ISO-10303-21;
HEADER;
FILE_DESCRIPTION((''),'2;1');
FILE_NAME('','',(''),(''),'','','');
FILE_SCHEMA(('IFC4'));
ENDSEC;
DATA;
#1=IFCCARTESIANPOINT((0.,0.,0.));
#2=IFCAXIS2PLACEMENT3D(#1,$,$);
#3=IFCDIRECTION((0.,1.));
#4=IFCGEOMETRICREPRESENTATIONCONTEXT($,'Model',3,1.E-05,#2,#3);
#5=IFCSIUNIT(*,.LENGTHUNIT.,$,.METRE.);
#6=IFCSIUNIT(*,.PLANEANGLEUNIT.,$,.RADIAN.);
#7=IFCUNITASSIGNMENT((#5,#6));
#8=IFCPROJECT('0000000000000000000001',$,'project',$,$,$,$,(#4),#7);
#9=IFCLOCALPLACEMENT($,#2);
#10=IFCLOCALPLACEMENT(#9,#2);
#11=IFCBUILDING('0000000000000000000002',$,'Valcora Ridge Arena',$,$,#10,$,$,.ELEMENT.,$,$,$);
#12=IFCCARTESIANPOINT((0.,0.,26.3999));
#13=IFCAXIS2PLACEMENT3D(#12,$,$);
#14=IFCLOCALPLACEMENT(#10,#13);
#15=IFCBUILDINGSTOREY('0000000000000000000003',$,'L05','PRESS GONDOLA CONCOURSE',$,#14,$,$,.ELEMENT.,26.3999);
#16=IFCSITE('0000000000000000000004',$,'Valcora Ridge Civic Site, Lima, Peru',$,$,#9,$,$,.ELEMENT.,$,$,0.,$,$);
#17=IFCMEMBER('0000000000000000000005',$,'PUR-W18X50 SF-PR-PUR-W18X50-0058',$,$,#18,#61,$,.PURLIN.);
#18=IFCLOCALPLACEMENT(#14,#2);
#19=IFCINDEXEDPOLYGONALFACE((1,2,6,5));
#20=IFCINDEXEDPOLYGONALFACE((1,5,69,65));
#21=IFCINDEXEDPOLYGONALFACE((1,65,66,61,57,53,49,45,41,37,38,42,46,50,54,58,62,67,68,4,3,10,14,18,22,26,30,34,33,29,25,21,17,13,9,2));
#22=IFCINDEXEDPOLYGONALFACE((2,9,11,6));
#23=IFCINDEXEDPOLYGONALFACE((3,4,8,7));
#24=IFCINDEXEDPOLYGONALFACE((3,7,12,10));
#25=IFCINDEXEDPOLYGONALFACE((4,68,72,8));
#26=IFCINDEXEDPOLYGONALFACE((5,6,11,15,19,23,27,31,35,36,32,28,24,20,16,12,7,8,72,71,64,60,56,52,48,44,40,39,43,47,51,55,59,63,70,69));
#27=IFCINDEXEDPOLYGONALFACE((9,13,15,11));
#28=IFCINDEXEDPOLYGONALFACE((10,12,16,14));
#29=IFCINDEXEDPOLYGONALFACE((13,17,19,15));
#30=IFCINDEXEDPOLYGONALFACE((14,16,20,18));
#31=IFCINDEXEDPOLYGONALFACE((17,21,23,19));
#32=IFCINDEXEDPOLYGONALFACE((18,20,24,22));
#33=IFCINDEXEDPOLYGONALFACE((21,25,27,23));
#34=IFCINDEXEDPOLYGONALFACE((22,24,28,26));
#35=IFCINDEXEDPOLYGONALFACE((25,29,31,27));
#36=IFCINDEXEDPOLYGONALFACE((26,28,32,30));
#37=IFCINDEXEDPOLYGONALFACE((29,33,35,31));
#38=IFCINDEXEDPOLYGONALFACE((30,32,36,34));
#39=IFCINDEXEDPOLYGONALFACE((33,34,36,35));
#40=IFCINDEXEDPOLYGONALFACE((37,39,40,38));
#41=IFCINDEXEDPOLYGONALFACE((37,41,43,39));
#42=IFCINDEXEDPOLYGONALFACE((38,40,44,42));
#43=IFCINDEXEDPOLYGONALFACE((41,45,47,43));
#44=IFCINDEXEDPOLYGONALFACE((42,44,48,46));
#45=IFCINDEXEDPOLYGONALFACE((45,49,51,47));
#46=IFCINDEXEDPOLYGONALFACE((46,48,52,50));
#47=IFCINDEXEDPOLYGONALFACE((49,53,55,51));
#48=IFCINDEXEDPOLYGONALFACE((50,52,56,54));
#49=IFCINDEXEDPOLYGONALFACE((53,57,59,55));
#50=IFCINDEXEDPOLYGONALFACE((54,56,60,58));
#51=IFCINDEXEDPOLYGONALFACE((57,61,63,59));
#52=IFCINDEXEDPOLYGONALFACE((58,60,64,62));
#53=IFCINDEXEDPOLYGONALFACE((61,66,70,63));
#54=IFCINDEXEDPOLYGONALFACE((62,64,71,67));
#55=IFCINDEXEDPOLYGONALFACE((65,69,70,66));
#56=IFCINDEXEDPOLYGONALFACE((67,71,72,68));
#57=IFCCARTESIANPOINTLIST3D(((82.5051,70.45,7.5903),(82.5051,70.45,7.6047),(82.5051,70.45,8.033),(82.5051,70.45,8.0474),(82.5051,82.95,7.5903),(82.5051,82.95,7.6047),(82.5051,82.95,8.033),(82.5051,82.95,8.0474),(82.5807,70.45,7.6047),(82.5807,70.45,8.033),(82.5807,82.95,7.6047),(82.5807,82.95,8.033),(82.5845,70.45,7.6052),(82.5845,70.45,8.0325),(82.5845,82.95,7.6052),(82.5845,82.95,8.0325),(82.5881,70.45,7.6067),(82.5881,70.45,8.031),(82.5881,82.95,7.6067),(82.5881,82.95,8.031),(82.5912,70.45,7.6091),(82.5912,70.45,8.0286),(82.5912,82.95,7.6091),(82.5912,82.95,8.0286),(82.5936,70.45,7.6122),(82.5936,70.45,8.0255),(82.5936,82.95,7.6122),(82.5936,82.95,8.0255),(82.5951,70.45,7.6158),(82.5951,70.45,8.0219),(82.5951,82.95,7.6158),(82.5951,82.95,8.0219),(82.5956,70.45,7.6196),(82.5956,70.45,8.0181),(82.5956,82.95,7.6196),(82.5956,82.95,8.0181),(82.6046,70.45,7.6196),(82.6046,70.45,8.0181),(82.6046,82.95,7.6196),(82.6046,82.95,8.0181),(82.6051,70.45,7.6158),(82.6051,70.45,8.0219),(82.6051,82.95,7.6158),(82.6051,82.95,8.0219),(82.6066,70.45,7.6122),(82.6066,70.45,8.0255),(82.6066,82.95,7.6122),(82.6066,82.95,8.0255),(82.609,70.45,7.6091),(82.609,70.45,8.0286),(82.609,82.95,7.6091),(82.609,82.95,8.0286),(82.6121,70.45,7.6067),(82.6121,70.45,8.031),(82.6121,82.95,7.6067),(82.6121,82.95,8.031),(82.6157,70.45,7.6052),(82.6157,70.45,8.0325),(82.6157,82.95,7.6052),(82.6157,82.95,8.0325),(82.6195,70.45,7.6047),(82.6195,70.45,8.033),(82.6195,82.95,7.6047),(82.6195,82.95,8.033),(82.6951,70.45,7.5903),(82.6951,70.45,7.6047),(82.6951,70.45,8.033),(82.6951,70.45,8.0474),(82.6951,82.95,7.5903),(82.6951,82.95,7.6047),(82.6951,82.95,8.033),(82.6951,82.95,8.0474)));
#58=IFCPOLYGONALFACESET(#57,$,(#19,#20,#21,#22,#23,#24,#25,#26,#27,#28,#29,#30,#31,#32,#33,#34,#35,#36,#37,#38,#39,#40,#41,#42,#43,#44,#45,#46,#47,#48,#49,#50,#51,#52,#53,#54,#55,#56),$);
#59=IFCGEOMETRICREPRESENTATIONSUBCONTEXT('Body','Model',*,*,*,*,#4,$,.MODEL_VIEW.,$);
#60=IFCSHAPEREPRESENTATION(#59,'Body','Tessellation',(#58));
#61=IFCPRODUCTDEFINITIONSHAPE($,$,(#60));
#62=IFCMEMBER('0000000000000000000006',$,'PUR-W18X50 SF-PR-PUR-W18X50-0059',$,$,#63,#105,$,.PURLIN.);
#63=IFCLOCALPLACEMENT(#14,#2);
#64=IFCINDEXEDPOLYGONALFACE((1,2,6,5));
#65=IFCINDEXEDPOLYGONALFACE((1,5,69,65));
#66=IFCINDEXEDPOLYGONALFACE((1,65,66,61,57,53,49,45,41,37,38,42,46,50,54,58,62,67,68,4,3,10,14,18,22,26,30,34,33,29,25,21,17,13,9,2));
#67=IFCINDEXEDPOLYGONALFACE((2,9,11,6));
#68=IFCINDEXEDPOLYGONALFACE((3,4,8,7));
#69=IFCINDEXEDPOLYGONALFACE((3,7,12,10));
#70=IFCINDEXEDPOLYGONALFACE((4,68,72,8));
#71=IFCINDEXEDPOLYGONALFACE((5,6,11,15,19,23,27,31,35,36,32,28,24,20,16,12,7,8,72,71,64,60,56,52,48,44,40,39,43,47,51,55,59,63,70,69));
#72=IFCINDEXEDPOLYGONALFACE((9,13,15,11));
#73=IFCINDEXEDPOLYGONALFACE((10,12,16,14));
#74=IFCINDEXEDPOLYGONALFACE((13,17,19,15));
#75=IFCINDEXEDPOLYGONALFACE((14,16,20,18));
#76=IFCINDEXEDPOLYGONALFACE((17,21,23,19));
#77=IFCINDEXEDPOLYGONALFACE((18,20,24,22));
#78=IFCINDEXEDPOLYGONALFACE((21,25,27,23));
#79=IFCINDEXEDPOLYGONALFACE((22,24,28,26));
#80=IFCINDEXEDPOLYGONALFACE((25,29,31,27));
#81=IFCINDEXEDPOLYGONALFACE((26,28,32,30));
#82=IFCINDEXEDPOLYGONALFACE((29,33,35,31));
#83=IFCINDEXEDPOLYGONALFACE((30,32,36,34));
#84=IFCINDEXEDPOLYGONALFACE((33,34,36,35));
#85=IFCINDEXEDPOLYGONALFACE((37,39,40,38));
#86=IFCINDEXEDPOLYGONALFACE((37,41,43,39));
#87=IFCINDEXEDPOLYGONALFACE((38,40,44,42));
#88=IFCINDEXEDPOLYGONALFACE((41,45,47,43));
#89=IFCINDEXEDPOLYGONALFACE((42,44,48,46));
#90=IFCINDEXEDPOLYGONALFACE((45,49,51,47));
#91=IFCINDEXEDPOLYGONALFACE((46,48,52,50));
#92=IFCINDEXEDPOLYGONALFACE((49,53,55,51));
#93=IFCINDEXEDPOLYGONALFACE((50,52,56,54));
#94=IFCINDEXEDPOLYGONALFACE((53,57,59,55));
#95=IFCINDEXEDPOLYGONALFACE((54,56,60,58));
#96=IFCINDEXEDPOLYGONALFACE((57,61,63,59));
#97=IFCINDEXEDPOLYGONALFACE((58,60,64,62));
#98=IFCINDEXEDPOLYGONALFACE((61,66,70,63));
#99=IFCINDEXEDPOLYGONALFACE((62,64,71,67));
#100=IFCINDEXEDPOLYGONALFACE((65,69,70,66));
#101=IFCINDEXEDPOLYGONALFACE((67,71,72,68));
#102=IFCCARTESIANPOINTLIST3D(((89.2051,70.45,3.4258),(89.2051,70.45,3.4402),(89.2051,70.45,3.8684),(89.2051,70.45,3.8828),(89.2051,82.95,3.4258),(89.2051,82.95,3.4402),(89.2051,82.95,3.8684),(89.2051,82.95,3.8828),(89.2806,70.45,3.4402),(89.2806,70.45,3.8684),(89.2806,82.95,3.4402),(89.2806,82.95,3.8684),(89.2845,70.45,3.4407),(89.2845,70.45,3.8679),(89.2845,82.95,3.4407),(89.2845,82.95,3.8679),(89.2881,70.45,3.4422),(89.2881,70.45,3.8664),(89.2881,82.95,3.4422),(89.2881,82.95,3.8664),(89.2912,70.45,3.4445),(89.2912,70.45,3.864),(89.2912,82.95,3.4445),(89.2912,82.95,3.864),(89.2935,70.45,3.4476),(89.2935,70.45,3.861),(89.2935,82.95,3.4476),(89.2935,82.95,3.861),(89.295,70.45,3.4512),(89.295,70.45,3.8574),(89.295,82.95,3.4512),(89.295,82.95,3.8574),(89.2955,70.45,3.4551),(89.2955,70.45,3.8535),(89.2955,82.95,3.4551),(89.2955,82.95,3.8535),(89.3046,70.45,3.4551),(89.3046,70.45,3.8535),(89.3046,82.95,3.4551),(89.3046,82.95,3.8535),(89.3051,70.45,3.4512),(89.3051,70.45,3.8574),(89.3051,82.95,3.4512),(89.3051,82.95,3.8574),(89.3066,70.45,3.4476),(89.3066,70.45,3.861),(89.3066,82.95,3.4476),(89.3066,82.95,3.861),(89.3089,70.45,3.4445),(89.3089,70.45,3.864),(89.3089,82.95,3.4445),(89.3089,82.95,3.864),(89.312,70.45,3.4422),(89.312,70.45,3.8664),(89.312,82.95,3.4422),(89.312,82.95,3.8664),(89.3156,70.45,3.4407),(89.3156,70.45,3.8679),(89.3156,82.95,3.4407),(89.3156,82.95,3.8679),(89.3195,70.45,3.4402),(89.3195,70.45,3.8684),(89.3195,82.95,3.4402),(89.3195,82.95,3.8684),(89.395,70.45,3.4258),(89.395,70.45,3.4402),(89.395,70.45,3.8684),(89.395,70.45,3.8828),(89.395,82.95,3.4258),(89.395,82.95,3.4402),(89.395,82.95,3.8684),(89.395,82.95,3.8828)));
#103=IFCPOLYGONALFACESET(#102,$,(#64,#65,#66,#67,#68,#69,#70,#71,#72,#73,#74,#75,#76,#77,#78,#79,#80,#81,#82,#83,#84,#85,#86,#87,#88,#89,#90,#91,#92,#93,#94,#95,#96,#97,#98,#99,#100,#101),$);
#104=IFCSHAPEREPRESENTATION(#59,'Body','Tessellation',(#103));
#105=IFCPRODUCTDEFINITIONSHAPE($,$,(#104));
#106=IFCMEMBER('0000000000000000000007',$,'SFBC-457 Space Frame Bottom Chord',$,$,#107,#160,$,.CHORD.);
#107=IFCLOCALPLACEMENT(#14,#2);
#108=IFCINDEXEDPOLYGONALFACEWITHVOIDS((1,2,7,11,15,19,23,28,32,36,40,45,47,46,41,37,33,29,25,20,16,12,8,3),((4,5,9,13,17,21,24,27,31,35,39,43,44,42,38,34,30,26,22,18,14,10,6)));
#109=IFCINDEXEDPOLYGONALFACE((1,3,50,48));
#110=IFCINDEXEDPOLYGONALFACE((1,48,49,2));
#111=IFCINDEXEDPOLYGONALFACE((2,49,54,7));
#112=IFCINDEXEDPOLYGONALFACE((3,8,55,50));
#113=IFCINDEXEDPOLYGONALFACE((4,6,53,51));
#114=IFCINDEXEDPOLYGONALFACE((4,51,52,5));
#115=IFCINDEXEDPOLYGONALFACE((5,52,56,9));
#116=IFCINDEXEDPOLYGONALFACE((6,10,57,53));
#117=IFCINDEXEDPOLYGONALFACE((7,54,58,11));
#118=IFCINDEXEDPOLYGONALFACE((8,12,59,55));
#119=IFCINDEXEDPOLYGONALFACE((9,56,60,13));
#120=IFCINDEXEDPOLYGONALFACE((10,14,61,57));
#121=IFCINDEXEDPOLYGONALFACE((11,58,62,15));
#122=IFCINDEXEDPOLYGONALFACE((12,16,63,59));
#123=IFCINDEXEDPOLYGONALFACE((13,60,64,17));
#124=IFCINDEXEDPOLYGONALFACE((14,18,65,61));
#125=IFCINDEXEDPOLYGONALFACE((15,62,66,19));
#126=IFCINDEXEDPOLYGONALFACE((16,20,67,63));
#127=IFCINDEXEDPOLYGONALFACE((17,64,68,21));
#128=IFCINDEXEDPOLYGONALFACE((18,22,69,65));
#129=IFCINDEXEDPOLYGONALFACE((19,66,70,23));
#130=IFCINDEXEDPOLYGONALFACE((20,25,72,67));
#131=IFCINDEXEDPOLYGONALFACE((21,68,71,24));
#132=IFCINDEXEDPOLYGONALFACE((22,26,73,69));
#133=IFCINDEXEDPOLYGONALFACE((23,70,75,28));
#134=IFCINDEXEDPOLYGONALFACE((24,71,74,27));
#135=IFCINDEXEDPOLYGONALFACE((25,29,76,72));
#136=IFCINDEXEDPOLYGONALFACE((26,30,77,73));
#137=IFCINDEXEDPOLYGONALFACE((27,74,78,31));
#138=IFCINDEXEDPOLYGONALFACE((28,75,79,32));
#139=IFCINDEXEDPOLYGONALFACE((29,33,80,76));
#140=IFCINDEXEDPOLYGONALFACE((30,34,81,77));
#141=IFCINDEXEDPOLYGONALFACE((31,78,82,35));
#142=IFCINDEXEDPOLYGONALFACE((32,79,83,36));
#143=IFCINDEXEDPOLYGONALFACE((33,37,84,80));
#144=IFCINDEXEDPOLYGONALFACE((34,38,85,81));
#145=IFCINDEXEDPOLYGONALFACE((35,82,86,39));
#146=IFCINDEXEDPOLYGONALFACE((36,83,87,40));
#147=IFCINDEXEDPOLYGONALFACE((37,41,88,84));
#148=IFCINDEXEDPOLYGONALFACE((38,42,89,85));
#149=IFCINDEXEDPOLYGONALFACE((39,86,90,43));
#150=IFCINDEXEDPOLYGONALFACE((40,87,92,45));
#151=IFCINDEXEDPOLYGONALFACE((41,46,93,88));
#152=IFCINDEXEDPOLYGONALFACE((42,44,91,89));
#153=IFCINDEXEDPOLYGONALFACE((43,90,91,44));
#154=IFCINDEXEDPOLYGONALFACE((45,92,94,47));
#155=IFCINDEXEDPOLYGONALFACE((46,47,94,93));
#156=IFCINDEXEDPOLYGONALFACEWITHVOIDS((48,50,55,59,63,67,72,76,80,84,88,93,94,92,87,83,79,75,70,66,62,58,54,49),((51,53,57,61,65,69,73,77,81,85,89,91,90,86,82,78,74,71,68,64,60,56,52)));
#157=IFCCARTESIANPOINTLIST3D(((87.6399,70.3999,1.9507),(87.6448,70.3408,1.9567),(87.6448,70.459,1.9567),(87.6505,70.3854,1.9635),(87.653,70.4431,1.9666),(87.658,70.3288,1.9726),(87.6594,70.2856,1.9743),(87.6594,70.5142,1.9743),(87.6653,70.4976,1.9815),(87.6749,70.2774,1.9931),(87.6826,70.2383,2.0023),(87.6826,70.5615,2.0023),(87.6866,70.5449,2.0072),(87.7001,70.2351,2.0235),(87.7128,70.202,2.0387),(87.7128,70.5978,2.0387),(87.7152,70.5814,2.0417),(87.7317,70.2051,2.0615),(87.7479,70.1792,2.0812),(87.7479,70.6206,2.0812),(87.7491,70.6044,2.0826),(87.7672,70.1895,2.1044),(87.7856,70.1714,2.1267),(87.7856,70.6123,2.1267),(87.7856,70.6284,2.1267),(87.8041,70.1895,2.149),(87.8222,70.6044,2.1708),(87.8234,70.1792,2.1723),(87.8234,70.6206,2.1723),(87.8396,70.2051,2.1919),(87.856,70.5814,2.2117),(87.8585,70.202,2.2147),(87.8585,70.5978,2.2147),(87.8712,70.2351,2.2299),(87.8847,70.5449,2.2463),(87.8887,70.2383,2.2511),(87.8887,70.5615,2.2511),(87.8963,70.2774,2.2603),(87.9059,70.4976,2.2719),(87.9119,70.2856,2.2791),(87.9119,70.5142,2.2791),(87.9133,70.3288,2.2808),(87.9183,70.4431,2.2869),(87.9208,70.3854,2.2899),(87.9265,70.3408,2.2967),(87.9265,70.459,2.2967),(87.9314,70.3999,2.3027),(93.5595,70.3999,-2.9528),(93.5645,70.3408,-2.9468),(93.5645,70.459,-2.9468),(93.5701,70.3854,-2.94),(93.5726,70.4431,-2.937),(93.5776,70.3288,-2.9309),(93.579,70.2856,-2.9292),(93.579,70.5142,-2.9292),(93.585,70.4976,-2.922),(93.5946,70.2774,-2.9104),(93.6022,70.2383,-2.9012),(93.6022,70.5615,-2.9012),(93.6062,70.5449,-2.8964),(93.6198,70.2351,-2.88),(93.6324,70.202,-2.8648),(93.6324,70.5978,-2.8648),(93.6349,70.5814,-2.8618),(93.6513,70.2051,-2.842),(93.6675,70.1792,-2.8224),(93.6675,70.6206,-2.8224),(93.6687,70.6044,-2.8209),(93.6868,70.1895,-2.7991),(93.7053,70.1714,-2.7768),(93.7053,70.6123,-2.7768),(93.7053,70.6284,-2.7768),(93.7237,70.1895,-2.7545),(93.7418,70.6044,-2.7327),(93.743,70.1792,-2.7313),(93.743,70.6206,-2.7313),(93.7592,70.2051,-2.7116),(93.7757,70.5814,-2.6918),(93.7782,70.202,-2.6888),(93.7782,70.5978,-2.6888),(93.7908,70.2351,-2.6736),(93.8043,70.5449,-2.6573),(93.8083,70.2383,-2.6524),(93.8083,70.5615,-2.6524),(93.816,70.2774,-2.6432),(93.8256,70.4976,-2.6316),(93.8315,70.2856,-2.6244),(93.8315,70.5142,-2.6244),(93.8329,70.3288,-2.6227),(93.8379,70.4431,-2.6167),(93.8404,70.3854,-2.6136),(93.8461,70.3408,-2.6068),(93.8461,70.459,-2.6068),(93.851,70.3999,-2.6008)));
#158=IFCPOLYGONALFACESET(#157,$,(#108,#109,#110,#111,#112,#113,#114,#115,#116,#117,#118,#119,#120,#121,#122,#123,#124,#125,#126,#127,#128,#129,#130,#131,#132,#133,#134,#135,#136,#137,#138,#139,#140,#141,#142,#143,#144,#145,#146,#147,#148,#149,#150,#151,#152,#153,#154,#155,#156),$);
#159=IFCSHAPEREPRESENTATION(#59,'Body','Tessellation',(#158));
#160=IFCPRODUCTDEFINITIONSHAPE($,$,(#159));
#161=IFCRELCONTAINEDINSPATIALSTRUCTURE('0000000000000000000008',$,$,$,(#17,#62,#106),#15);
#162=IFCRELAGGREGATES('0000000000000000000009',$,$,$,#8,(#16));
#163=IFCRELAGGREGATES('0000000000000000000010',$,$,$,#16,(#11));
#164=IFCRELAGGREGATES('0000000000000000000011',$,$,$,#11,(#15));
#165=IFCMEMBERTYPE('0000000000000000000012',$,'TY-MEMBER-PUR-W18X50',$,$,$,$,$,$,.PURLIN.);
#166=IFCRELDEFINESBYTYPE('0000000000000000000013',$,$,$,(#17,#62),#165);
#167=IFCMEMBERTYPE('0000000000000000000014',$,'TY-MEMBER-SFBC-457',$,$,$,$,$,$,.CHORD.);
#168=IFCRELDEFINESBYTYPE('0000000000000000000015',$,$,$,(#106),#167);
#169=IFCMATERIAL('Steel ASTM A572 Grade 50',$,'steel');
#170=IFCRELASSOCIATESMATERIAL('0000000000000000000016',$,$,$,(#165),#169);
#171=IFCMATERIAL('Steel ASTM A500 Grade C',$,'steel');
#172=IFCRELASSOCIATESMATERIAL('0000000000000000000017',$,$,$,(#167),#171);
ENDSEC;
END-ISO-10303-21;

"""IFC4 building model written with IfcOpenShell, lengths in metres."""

from ifc_helpers import new_model, si_unit, direction, frame, origin, origin_2d, place, context, subcontext, project, spatial, hollow_circle, i_section, extrude, material, material_profile, profile_set, type_object, element, save


model = new_model("IFC4")

# Units and contexts
model_context = context("Model", 3, precision=1e-05, world=origin(), true_north=direction((0.0, 1.0)))
body_context = subcontext(model_context, "Body", "Model", "MODEL_VIEW")
ifc_project = project(units=[si_unit("LENGTHUNIT", "METRE"), si_unit("PLANEANGLEUNIT", "RADIAN")], contexts=[model_context])

# Site, building, storey
site_placement = place(None, origin())
site = spatial("IfcSite", under=ifc_project, at=site_placement, Name="Valcora Ridge Civic Site, Lima, Peru", CompositionType="ELEMENT", RefElevation=0.0)
building_placement = place(site_placement, origin())
building = spatial("IfcBuilding", under=site, at=building_placement, Name="Valcora Ridge Arena", CompositionType="ELEMENT")
storey_placement = place(building_placement, frame((0.0, 0.0, 26.3999)))
storey = spatial("IfcBuildingStorey", under=building, at=storey_placement, Name="L05", Description="PRESS GONDOLA CONCOURSE", CompositionType="ELEMENT", Elevation=26.3999)

# Members
ifc_material_1 = material(Name="Steel ASTM A572 Grade 50", Category="steel")
ifc_material_profile_1 = material_profile(ifc_material_1, i_section(OverallWidth=0.1899, OverallDepth=0.457, WebThickness=0.009, FlangeThickness=0.0144, FilletRadius=0.0149, at=origin_2d()), Name="W18X50")
ifc_profile_set_1 = profile_set([ifc_material_profile_1], Name="Steel ASTM A572 Grade 50")
member_type_1 = type_object("IfcMemberType", Name="TY-MEMBER-PUR-W18X50", PredefinedType="PURLIN", material=ifc_profile_set_1)
for number, where, z_axis, x_axis, name in (
    (1, (82.6001, 70.45, 7.8188), (0.0, 1.0, 0.0), (-1.0, 0.0, 0.0), "PUR-W18X50 SF-PR-PUR-W18X50-0058"),
    (2, (89.3, 70.45, 3.6543), (0.0, 1.0, 0.0), (-1.0, 0.0, 0.0), "PUR-W18X50 SF-PR-PUR-W18X50-0059"),
):
    element("IfcMember", number, at=place(storey_placement, frame(where, z_axis=z_axis, x_axis=x_axis)), inside=storey, type_object=member_type_1, Name=name, PredefinedType="PURLIN", context=body_context, shape_type="SweptSolid", body=[
        extrude(i_section(OverallWidth=0.1899, OverallDepth=0.457, WebThickness=0.009, FlangeThickness=0.0144, FilletRadius=0.0149, at=origin_2d()), origin(), (0.0, 0.0, 1.0), 12.5),
    ])
ifc_material_2 = material(Name="Steel ASTM A500 Grade C", Category="steel")
ifc_material_profile_2 = material_profile(ifc_material_2, hollow_circle(Radius=0.2285, WallThickness=0.0161, at=origin_2d()), Name="CHS457X16")
ifc_profile_set_2 = profile_set([ifc_material_profile_2], Name="Steel ASTM A500 Grade C")
member_type_2 = type_object("IfcMemberType", Name="TY-MEMBER-SFBC-457", PredefinedType="CHORD", material=ifc_profile_set_2)
member_1_placement = place(storey_placement, frame((87.7856, 70.3999, 2.1267), z_axis=(0.770105, 0.0, -0.637917), x_axis=(0.0, 1.0, 0.0)))
element("IfcMember", 3, at=member_1_placement, inside=storey, type_object=member_type_2, Name="SFBC-457 Space Frame Bottom Chord", PredefinedType="CHORD", context=body_context, shape_type="SweptSolid", body=[
    extrude(hollow_circle(Radius=0.2285, WallThickness=0.0161, at=origin_2d()), origin(), (0.0, 0.0, 1.0), 7.6868),
])

save(model, "model.ifc")
